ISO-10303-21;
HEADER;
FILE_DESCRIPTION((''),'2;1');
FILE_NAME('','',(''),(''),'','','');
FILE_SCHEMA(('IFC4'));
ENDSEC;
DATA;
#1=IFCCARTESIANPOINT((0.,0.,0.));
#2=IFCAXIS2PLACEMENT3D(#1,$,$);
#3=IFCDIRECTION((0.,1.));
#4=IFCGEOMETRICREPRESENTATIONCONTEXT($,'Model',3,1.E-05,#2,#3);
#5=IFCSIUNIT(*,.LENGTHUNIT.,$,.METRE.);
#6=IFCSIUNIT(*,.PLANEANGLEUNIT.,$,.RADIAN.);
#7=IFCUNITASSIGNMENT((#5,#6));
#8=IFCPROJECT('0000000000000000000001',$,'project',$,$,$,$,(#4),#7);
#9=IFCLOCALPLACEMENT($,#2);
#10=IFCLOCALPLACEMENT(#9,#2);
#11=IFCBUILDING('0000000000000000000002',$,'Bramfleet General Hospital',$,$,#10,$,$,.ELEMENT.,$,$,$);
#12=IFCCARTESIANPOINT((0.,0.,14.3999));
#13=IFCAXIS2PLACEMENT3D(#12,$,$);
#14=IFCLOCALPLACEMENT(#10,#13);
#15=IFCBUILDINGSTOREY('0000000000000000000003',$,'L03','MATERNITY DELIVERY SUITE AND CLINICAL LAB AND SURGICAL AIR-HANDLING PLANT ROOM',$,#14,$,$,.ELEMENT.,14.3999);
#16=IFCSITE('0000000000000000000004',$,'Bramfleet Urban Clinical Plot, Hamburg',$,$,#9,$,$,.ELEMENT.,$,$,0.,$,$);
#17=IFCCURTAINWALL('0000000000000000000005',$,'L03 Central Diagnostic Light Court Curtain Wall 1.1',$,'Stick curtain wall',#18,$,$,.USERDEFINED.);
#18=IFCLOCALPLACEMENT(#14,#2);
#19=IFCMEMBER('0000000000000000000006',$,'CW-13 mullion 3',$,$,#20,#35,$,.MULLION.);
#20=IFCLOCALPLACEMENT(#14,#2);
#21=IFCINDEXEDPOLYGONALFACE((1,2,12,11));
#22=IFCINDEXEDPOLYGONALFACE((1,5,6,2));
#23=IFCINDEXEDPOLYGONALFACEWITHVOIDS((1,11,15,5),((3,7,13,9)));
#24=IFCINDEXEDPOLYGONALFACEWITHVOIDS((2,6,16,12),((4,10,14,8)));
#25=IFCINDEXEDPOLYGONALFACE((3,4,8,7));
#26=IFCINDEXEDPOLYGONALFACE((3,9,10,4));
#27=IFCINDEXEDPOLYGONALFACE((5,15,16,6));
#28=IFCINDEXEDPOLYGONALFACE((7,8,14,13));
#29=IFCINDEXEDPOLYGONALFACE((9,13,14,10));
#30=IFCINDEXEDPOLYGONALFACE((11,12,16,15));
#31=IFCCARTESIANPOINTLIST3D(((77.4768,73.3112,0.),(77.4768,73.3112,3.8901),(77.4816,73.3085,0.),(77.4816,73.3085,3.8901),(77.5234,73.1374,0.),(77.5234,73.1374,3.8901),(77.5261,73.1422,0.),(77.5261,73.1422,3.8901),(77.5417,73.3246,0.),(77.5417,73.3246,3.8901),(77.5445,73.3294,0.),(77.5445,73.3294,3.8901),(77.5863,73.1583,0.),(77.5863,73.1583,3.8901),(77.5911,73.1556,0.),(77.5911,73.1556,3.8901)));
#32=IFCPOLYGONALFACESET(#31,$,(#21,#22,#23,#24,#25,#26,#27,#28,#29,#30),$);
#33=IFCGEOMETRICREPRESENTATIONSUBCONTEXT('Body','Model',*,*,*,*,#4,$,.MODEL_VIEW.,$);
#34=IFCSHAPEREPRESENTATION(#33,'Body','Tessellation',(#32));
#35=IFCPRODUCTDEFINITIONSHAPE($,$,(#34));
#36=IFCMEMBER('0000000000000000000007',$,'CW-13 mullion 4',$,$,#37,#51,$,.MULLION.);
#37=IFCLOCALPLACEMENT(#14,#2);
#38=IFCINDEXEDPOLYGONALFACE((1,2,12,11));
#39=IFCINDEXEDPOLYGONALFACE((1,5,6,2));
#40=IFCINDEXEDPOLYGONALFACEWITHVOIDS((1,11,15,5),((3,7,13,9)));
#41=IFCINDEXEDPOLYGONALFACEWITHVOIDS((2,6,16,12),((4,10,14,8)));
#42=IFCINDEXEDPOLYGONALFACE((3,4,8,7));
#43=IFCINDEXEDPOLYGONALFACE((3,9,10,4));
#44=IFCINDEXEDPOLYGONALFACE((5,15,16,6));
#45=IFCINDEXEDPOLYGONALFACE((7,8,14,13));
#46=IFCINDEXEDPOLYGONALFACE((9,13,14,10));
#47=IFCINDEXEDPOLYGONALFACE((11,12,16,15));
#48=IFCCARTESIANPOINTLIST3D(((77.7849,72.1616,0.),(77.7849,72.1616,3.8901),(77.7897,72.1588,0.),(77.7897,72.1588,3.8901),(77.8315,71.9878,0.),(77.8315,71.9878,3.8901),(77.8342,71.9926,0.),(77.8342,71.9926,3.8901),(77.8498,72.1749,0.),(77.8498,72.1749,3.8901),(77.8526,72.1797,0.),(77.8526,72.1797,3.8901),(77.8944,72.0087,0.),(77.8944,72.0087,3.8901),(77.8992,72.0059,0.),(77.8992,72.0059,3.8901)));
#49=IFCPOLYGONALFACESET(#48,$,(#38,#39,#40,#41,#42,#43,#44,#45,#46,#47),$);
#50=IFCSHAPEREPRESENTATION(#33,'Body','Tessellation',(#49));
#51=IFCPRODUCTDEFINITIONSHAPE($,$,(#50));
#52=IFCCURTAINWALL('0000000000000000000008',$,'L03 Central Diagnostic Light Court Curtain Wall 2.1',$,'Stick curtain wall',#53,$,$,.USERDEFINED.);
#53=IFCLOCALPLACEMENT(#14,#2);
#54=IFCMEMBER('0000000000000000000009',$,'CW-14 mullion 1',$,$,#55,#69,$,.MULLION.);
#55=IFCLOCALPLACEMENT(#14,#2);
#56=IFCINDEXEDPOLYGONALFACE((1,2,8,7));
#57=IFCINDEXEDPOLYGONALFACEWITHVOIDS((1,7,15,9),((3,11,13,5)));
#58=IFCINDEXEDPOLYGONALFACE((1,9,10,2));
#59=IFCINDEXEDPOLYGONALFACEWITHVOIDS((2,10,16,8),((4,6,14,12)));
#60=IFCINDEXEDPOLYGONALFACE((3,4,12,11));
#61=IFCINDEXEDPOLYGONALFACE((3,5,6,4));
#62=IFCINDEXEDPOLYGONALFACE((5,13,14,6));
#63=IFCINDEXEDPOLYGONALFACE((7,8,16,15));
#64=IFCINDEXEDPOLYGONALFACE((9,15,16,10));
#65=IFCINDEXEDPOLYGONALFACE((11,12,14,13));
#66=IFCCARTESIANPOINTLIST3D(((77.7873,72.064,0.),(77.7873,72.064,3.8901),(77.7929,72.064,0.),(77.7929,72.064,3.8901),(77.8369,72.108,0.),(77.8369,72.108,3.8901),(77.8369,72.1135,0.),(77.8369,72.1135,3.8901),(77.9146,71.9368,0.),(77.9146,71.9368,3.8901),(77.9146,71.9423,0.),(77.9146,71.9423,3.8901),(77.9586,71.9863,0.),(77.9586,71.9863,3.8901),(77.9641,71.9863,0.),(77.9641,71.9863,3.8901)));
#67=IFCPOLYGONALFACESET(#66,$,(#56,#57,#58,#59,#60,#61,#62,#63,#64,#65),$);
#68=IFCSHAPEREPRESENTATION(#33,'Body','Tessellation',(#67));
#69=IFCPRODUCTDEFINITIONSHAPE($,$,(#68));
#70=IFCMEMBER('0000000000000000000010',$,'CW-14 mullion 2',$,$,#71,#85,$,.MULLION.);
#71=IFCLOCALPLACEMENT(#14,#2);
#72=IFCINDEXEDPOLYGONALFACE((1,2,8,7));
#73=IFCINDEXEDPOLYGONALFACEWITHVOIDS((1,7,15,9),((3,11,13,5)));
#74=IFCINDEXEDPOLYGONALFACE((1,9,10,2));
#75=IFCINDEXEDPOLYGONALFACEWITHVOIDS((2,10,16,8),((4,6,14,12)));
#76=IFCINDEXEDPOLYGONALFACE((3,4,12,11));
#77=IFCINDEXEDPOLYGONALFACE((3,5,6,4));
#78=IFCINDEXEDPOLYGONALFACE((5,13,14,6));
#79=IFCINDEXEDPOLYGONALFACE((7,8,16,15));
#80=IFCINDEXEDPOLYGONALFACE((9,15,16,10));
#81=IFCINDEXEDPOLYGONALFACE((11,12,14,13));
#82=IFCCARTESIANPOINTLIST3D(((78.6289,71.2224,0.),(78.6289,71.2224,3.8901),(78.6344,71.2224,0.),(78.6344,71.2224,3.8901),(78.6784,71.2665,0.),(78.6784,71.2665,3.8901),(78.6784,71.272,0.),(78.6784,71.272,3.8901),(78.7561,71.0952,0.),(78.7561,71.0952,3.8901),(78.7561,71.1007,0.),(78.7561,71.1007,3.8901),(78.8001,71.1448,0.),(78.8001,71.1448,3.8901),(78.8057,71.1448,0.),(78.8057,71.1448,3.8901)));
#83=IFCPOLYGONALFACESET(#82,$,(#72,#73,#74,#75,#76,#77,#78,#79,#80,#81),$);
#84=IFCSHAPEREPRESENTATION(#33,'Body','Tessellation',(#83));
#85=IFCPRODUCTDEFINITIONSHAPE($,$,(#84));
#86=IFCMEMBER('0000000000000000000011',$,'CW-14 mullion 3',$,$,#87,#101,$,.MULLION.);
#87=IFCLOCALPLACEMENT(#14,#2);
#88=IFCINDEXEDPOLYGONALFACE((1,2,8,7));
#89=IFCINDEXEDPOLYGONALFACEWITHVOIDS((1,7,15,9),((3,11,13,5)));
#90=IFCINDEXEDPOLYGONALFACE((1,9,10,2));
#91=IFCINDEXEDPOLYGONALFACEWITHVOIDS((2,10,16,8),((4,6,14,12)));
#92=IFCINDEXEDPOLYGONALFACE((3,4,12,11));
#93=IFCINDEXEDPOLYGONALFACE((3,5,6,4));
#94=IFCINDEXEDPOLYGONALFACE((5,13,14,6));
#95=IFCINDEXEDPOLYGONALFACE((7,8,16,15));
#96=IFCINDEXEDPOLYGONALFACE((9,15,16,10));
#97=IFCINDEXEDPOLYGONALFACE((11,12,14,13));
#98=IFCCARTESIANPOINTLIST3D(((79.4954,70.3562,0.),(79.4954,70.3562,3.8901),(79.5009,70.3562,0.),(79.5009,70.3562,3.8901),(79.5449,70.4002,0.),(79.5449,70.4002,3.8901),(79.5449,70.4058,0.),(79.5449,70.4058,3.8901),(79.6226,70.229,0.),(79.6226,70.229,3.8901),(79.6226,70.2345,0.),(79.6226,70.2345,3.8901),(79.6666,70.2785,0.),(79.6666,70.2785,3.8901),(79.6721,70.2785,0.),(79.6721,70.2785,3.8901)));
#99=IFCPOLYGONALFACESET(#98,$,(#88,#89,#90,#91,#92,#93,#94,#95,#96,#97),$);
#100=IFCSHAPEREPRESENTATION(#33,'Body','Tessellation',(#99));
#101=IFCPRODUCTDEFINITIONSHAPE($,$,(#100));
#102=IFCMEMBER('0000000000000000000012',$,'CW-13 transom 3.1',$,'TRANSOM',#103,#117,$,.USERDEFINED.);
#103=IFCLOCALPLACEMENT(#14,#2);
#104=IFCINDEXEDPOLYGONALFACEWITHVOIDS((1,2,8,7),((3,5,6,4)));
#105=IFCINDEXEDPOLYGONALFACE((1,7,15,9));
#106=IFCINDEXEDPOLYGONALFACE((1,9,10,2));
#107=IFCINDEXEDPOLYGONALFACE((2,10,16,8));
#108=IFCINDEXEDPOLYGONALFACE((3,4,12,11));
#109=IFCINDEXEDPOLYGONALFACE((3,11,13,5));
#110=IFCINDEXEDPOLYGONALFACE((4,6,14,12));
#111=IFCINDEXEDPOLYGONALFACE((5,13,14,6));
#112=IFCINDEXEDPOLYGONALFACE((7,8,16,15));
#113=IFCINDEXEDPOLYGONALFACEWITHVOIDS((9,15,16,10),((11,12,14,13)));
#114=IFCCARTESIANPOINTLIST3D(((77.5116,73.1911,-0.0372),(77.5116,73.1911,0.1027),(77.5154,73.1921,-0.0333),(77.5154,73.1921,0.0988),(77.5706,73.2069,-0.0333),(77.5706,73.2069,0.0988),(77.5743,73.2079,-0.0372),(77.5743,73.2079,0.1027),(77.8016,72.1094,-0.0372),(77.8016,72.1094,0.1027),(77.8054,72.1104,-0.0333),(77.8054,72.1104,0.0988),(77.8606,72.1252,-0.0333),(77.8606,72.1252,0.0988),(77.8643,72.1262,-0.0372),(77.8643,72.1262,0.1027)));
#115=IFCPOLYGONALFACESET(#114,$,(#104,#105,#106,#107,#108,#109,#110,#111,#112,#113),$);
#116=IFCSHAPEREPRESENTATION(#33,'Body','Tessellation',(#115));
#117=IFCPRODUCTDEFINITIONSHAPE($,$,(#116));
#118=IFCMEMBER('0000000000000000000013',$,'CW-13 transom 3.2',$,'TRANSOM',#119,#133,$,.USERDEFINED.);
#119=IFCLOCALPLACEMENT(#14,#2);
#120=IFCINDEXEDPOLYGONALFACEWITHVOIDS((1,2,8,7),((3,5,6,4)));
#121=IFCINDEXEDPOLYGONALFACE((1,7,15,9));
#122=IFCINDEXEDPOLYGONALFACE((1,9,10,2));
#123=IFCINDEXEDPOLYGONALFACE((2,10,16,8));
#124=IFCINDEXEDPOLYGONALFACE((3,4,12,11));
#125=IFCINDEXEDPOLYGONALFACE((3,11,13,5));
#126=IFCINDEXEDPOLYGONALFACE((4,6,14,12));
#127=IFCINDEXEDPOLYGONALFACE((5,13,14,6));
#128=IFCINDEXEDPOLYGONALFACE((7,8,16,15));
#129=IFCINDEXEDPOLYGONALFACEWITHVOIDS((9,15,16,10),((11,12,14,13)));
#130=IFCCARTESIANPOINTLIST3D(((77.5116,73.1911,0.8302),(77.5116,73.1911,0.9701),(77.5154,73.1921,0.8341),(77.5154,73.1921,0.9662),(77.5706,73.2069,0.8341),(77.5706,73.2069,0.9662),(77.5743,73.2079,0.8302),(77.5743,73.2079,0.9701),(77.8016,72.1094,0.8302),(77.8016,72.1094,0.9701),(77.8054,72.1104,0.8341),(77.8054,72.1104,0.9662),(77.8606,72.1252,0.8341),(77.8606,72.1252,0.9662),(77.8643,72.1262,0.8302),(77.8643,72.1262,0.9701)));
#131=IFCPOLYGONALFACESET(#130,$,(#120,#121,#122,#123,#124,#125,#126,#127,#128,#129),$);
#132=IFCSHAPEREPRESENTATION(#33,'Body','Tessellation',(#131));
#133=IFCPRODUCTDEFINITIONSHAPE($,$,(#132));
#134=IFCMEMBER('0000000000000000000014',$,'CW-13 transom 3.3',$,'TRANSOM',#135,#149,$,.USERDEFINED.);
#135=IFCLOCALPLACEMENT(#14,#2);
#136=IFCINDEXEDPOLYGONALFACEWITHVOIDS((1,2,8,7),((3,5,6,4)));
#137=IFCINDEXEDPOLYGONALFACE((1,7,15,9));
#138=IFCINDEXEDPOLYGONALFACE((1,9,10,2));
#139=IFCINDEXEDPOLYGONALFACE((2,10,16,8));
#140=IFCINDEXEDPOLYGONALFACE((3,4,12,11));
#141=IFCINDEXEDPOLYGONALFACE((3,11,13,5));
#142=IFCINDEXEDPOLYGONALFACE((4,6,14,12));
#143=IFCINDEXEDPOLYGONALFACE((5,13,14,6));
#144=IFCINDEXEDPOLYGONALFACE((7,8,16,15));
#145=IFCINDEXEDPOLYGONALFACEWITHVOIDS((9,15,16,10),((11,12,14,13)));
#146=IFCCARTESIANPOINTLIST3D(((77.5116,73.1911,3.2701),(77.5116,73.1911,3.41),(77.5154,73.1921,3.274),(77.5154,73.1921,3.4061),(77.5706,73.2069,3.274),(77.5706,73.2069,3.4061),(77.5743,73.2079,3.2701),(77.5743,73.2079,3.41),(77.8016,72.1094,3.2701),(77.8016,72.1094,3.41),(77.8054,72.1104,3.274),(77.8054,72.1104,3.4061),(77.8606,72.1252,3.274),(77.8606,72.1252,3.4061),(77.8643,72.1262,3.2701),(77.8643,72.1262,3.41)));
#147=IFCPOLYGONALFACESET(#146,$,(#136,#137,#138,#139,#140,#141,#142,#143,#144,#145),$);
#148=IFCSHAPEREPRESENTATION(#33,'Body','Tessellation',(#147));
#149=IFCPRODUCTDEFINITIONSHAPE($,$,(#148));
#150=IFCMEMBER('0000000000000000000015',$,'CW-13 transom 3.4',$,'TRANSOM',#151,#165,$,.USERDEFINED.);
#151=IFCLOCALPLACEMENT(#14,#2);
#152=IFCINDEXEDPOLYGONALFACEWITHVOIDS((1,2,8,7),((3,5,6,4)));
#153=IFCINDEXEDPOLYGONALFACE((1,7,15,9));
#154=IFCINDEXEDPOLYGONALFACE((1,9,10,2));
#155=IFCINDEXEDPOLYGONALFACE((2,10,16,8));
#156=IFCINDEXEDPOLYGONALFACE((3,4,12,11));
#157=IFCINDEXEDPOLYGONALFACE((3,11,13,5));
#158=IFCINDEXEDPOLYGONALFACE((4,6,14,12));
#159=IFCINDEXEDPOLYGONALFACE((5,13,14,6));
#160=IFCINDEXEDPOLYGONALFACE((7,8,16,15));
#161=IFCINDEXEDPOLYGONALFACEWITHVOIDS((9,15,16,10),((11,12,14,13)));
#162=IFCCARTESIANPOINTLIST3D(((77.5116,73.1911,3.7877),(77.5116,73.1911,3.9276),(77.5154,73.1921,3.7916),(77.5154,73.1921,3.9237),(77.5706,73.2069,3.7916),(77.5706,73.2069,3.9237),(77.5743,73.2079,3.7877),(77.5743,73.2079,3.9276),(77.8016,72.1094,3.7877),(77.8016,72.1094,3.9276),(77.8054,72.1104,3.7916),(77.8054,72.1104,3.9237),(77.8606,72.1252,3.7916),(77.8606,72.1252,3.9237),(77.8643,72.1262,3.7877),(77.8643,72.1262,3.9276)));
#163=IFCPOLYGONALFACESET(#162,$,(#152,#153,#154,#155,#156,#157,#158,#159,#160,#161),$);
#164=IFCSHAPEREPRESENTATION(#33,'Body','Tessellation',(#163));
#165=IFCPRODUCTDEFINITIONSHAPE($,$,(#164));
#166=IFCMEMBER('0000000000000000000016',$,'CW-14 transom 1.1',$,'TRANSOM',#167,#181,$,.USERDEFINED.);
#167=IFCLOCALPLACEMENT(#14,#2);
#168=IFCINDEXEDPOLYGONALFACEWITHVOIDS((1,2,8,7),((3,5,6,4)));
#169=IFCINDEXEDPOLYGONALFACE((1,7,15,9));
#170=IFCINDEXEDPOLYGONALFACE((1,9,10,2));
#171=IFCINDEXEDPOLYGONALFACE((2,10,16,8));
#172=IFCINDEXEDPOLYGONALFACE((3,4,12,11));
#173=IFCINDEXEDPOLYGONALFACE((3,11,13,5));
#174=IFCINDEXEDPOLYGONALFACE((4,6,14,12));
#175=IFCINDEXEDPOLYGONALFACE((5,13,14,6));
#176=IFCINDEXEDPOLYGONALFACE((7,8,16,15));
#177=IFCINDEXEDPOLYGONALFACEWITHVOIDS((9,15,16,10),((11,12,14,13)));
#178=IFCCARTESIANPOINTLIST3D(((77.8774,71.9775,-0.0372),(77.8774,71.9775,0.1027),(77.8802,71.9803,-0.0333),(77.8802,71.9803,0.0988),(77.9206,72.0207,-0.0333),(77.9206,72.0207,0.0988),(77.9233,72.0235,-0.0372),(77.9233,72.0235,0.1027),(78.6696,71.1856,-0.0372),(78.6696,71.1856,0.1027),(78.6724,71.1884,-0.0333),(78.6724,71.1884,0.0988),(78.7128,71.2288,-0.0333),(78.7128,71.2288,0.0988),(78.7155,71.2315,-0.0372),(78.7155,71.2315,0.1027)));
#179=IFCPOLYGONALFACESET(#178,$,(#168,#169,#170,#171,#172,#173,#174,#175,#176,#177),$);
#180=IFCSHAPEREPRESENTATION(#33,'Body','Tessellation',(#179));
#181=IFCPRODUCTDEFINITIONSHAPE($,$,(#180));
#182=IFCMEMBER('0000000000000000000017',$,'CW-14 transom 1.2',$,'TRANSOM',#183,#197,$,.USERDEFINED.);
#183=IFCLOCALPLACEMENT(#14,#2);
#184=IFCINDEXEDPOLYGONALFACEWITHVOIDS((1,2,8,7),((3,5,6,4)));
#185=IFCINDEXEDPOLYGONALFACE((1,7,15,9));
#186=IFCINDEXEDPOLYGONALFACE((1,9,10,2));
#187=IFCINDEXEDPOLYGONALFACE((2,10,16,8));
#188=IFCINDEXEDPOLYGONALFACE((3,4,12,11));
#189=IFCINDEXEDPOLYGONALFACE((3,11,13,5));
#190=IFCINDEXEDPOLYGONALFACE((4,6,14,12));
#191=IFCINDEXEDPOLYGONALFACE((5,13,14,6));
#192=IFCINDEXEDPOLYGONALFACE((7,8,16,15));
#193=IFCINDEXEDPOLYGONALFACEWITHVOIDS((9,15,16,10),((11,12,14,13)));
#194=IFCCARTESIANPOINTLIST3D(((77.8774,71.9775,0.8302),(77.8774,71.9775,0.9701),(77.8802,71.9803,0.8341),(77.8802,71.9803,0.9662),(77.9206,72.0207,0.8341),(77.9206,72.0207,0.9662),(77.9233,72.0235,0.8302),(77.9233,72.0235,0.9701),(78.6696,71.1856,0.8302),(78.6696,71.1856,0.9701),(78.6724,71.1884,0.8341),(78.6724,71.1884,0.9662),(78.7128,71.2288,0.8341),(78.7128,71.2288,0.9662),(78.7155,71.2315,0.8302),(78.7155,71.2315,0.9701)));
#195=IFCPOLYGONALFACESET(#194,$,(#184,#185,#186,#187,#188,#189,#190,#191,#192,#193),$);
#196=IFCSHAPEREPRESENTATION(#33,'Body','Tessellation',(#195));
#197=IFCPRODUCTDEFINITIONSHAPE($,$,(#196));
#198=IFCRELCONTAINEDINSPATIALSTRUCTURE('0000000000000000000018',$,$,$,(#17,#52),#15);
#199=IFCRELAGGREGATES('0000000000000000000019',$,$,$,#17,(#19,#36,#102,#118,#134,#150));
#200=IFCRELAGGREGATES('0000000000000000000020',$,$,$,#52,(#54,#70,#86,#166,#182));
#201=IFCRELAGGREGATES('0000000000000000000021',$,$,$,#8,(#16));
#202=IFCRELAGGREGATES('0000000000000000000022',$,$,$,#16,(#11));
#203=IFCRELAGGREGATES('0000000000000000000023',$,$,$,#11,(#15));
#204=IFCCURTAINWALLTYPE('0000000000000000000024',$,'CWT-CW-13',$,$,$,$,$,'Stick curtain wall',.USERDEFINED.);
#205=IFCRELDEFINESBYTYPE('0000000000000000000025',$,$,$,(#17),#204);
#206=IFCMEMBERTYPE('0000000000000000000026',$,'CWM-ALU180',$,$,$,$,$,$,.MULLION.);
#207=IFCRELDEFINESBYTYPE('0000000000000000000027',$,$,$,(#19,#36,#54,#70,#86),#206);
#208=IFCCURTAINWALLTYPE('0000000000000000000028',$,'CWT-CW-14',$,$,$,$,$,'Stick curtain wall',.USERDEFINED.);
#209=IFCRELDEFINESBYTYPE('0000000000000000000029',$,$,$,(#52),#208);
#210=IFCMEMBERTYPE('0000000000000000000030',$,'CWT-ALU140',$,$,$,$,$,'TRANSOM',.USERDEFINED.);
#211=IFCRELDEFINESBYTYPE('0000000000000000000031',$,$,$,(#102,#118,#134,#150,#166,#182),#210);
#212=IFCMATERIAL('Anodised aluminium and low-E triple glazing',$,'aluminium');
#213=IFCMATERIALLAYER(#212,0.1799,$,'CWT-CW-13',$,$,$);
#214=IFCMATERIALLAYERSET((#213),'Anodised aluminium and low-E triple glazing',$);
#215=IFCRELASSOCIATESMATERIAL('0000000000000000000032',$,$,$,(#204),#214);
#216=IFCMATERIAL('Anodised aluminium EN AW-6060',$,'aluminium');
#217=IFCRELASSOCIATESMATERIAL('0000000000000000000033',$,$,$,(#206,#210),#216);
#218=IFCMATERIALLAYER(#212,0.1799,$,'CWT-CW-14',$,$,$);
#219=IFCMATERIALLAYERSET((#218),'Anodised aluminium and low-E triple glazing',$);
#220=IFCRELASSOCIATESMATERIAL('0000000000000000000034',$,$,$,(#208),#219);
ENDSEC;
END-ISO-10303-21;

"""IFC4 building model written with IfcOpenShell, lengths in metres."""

from ifc_helpers import new_model, si_unit, direction, frame, origin, origin_2d, place, context, subcontext, project, spatial, hollow_rectangle, extrude, material, layer, layer_set, material_profile, profile_set, type_object, element, aggregate, save


model = new_model("IFC4")

# Units and contexts
model_context = context("Model", 3, precision=1e-05, world=origin(), true_north=direction((0.0, 1.0)))
body_context = subcontext(model_context, "Body", "Model", "MODEL_VIEW")
ifc_project = project(units=[si_unit("LENGTHUNIT", "METRE"), si_unit("PLANEANGLEUNIT", "RADIAN")], contexts=[model_context])

# Site, building, storey
site_placement = place(None, origin())
site = spatial("IfcSite", under=ifc_project, at=site_placement, Name="Bramfleet Urban Clinical Plot, Hamburg", CompositionType="ELEMENT", RefElevation=0.0)
building_placement = place(site_placement, origin())
building = spatial("IfcBuilding", under=site, at=building_placement, Name="Bramfleet General Hospital", CompositionType="ELEMENT")
storey_placement = place(building_placement, frame((0.0, 0.0, 14.3999)))
storey = spatial("IfcBuildingStorey", under=building, at=storey_placement, Name="L03", Description="MATERNITY DELIVERY SUITE AND CLINICAL LAB AND SURGICAL AIR-HANDLING PLANT ROOM", CompositionType="ELEMENT", Elevation=14.3999)

# Curtain walls, members
ifc_material_1 = material(Name="Anodised aluminium and low-E triple glazing", Category="aluminium")
ifc_layer_1 = layer(ifc_material_1, 0.1799, Name="CWT-CW-13")
ifc_layer_set_1 = layer_set([ifc_layer_1], Name="Anodised aluminium and low-E triple glazing")
curtain_wall_type_1 = type_object("IfcCurtainWallType", Name="CWT-CW-13", ElementType="Stick curtain wall", PredefinedType="USERDEFINED", material=ifc_layer_set_1)
curtain_wall_1_placement = place(storey_placement, origin())
curtain_wall_1 = element("IfcCurtainWall", 1, at=curtain_wall_1_placement, inside=storey, type_object=curtain_wall_type_1, Name="L03 Central Diagnostic Light Court Curtain Wall 1.1", ObjectType="Stick curtain wall", PredefinedType="USERDEFINED")
ifc_material_2 = material(Name="Anodised aluminium EN AW-6060", Category="aluminium")
ifc_material_profile_1 = material_profile(ifc_material_2, hollow_rectangle(XDim=0.0701, YDim=0.1799, WallThickness=0.0039, at=origin_2d()), Name="ALU 180x70x4.0")
ifc_profile_set_1 = profile_set([ifc_material_profile_1], Name="Anodised aluminium EN AW-6060")
member_type_1 = type_object("IfcMemberType", Name="CWM-ALU180", PredefinedType="MULLION", material=ifc_profile_set_1)
member_1_placement = place(storey_placement, frame((77.5339, 73.2334, 0.0), z_axis=(0.0, 0.0, 1.0), x_axis=(0.965941, 0.258763, 0.0)))
member_1 = element("IfcMember", 2, at=member_1_placement, type_object=member_type_1, Name="CW-13 mullion 3", PredefinedType="MULLION", context=body_context, shape_type="SweptSolid", body=[
    extrude(hollow_rectangle(XDim=0.0701, YDim=0.1799, WallThickness=0.0039, at=origin_2d()), origin(), (0.0, 0.0, 1.0), 3.8901),
])
member_2_placement = place(storey_placement, frame((77.842, 72.0837, 0.0), z_axis=(0.0, 0.0, 1.0), x_axis=(0.965941, 0.258763, 0.0)))
member_2 = element("IfcMember", 3, at=member_2_placement, type_object=member_type_1, Name="CW-13 mullion 4", PredefinedType="MULLION", context=body_context, shape_type="SweptSolid", body=[
    extrude(hollow_rectangle(XDim=0.0701, YDim=0.1799, WallThickness=0.0039, at=origin_2d()), origin(), (0.0, 0.0, 1.0), 3.8901),
])
ifc_layer_2 = layer(ifc_material_1, 0.1799, Name="CWT-CW-14")
ifc_layer_set_2 = layer_set([ifc_layer_2], Name="Anodised aluminium and low-E triple glazing")
curtain_wall_type_2 = type_object("IfcCurtainWallType", Name="CWT-CW-14", ElementType="Stick curtain wall", PredefinedType="USERDEFINED", material=ifc_layer_set_2)
curtain_wall_2_placement = place(storey_placement, origin())
curtain_wall_2 = element("IfcCurtainWall", 4, at=curtain_wall_2_placement, inside=storey, type_object=curtain_wall_type_2, Name="L03 Central Diagnostic Light Court Curtain Wall 2.1", ObjectType="Stick curtain wall", PredefinedType="USERDEFINED")
member_3_placement = place(storey_placement, frame((77.8757, 72.0251, 0.0), z_axis=(0.0, 0.0, 1.0), x_axis=(0.707107, 0.707107, 0.0)))
member_3 = element("IfcMember", 5, at=member_3_placement, type_object=member_type_1, Name="CW-14 mullion 1", PredefinedType="MULLION", context=body_context, shape_type="SweptSolid", body=[
    extrude(hollow_rectangle(XDim=0.0701, YDim=0.1799, WallThickness=0.0039, at=origin_2d()), origin(), (0.0, 0.0, 1.0), 3.8901),
])
member_4_placement = place(storey_placement, frame((78.7173, 71.1836, 0.0), z_axis=(0.0, 0.0, 1.0), x_axis=(0.707107, 0.707107, 0.0)))
member_4 = element("IfcMember", 6, at=member_4_placement, type_object=member_type_1, Name="CW-14 mullion 2", PredefinedType="MULLION", context=body_context, shape_type="SweptSolid", body=[
    extrude(hollow_rectangle(XDim=0.0701, YDim=0.1799, WallThickness=0.0039, at=origin_2d()), origin(), (0.0, 0.0, 1.0), 3.8901),
])
member_5_placement = place(storey_placement, frame((79.5837, 70.3174, 0.0), z_axis=(0.0, 0.0, 1.0), x_axis=(0.707107, 0.707107, 0.0)))
member_5 = element("IfcMember", 7, at=member_5_placement, type_object=member_type_1, Name="CW-14 mullion 3", PredefinedType="MULLION", context=body_context, shape_type="SweptSolid", body=[
    extrude(hollow_rectangle(XDim=0.0701, YDim=0.1799, WallThickness=0.0039, at=origin_2d()), origin(), (0.0, 0.0, 1.0), 3.8901),
])

# Members
ifc_material_profile_2 = material_profile(ifc_material_2, hollow_rectangle(XDim=0.0649, YDim=0.1399, WallThickness=0.0039, at=origin_2d()), Name="ALU 140x65x4.0")
ifc_profile_set_2 = profile_set([ifc_material_profile_2], Name="Anodised aluminium EN AW-6060")
member_type_2 = type_object("IfcMemberType", Name="CWT-ALU140", ElementType="TRANSOM", PredefinedType="USERDEFINED", material=ifc_profile_set_2)
member_6_placement = place(storey_placement, frame((77.543, 73.1995, 0.0327), z_axis=(0.258965, -0.965887, 0.0), x_axis=(0.965887, 0.258965, 0.0)))
member_6 = element("IfcMember", 8, at=member_6_placement, type_object=member_type_2, Name="CW-13 transom 3.1", ObjectType="TRANSOM", PredefinedType="USERDEFINED", context=body_context, shape_type="SweptSolid", body=[
    extrude(hollow_rectangle(XDim=0.0649, YDim=0.1399, WallThickness=0.0039, at=origin_2d()), origin(), (0.0, 0.0, 1.0), 1.1199),
])
member_7_placement = place(storey_placement, frame((77.543, 73.1995, 0.9001), z_axis=(0.258965, -0.965887, 0.0), x_axis=(0.965887, 0.258965, 0.0)))
member_7 = element("IfcMember", 9, at=member_7_placement, type_object=member_type_2, Name="CW-13 transom 3.2", ObjectType="TRANSOM", PredefinedType="USERDEFINED", context=body_context, shape_type="SweptSolid", body=[
    extrude(hollow_rectangle(XDim=0.0649, YDim=0.1399, WallThickness=0.0039, at=origin_2d()), origin(), (0.0, 0.0, 1.0), 1.1199),
])
member_8_placement = place(storey_placement, frame((77.543, 73.1995, 3.3401), z_axis=(0.258965, -0.965887, 0.0), x_axis=(0.965887, 0.258965, 0.0)))
member_8 = element("IfcMember", 10, at=member_8_placement, type_object=member_type_2, Name="CW-13 transom 3.3", ObjectType="TRANSOM", PredefinedType="USERDEFINED", context=body_context, shape_type="SweptSolid", body=[
    extrude(hollow_rectangle(XDim=0.0649, YDim=0.1399, WallThickness=0.0039, at=origin_2d()), origin(), (0.0, 0.0, 1.0), 1.1199),
])
member_9_placement = place(storey_placement, frame((77.543, 73.1995, 3.8577), z_axis=(0.258965, -0.965887, 0.0), x_axis=(0.965887, 0.258965, 0.0)))
member_9 = element("IfcMember", 11, at=member_9_placement, type_object=member_type_2, Name="CW-13 transom 3.4", ObjectType="TRANSOM", PredefinedType="USERDEFINED", context=body_context, shape_type="SweptSolid", body=[
    extrude(hollow_rectangle(XDim=0.0649, YDim=0.1399, WallThickness=0.0039, at=origin_2d()), origin(), (0.0, 0.0, 1.0), 1.1199),
])
member_10_placement = place(storey_placement, frame((77.9004, 72.0005, 0.0327), z_axis=(0.707216, -0.706998, 0.0), x_axis=(0.706998, 0.707216, 0.0)))
member_10 = element("IfcMember", 12, at=member_10_placement, type_object=member_type_2, Name="CW-14 transom 1.1", ObjectType="TRANSOM", PredefinedType="USERDEFINED", context=body_context, shape_type="SweptSolid", body=[
    extrude(hollow_rectangle(XDim=0.0649, YDim=0.1399, WallThickness=0.0039, at=origin_2d()), origin(), (0.0, 0.0, 1.0), 1.1201),
])
member_11_placement = place(storey_placement, frame((77.9004, 72.0005, 0.9001), z_axis=(0.707216, -0.706998, 0.0), x_axis=(0.706998, 0.707216, 0.0)))
member_11 = element("IfcMember", 13, at=member_11_placement, type_object=member_type_2, Name="CW-14 transom 1.2", ObjectType="TRANSOM", PredefinedType="USERDEFINED", context=body_context, shape_type="SweptSolid", body=[
    extrude(hollow_rectangle(XDim=0.0649, YDim=0.1399, WallThickness=0.0039, at=origin_2d()), origin(), (0.0, 0.0, 1.0), 1.1201),
])

aggregate(curtain_wall_1, [member_1, member_2, member_6, member_7, member_8, member_9])
aggregate(curtain_wall_2, [member_3, member_4, member_5, member_10, member_11])

save(model, "model.ifc")
